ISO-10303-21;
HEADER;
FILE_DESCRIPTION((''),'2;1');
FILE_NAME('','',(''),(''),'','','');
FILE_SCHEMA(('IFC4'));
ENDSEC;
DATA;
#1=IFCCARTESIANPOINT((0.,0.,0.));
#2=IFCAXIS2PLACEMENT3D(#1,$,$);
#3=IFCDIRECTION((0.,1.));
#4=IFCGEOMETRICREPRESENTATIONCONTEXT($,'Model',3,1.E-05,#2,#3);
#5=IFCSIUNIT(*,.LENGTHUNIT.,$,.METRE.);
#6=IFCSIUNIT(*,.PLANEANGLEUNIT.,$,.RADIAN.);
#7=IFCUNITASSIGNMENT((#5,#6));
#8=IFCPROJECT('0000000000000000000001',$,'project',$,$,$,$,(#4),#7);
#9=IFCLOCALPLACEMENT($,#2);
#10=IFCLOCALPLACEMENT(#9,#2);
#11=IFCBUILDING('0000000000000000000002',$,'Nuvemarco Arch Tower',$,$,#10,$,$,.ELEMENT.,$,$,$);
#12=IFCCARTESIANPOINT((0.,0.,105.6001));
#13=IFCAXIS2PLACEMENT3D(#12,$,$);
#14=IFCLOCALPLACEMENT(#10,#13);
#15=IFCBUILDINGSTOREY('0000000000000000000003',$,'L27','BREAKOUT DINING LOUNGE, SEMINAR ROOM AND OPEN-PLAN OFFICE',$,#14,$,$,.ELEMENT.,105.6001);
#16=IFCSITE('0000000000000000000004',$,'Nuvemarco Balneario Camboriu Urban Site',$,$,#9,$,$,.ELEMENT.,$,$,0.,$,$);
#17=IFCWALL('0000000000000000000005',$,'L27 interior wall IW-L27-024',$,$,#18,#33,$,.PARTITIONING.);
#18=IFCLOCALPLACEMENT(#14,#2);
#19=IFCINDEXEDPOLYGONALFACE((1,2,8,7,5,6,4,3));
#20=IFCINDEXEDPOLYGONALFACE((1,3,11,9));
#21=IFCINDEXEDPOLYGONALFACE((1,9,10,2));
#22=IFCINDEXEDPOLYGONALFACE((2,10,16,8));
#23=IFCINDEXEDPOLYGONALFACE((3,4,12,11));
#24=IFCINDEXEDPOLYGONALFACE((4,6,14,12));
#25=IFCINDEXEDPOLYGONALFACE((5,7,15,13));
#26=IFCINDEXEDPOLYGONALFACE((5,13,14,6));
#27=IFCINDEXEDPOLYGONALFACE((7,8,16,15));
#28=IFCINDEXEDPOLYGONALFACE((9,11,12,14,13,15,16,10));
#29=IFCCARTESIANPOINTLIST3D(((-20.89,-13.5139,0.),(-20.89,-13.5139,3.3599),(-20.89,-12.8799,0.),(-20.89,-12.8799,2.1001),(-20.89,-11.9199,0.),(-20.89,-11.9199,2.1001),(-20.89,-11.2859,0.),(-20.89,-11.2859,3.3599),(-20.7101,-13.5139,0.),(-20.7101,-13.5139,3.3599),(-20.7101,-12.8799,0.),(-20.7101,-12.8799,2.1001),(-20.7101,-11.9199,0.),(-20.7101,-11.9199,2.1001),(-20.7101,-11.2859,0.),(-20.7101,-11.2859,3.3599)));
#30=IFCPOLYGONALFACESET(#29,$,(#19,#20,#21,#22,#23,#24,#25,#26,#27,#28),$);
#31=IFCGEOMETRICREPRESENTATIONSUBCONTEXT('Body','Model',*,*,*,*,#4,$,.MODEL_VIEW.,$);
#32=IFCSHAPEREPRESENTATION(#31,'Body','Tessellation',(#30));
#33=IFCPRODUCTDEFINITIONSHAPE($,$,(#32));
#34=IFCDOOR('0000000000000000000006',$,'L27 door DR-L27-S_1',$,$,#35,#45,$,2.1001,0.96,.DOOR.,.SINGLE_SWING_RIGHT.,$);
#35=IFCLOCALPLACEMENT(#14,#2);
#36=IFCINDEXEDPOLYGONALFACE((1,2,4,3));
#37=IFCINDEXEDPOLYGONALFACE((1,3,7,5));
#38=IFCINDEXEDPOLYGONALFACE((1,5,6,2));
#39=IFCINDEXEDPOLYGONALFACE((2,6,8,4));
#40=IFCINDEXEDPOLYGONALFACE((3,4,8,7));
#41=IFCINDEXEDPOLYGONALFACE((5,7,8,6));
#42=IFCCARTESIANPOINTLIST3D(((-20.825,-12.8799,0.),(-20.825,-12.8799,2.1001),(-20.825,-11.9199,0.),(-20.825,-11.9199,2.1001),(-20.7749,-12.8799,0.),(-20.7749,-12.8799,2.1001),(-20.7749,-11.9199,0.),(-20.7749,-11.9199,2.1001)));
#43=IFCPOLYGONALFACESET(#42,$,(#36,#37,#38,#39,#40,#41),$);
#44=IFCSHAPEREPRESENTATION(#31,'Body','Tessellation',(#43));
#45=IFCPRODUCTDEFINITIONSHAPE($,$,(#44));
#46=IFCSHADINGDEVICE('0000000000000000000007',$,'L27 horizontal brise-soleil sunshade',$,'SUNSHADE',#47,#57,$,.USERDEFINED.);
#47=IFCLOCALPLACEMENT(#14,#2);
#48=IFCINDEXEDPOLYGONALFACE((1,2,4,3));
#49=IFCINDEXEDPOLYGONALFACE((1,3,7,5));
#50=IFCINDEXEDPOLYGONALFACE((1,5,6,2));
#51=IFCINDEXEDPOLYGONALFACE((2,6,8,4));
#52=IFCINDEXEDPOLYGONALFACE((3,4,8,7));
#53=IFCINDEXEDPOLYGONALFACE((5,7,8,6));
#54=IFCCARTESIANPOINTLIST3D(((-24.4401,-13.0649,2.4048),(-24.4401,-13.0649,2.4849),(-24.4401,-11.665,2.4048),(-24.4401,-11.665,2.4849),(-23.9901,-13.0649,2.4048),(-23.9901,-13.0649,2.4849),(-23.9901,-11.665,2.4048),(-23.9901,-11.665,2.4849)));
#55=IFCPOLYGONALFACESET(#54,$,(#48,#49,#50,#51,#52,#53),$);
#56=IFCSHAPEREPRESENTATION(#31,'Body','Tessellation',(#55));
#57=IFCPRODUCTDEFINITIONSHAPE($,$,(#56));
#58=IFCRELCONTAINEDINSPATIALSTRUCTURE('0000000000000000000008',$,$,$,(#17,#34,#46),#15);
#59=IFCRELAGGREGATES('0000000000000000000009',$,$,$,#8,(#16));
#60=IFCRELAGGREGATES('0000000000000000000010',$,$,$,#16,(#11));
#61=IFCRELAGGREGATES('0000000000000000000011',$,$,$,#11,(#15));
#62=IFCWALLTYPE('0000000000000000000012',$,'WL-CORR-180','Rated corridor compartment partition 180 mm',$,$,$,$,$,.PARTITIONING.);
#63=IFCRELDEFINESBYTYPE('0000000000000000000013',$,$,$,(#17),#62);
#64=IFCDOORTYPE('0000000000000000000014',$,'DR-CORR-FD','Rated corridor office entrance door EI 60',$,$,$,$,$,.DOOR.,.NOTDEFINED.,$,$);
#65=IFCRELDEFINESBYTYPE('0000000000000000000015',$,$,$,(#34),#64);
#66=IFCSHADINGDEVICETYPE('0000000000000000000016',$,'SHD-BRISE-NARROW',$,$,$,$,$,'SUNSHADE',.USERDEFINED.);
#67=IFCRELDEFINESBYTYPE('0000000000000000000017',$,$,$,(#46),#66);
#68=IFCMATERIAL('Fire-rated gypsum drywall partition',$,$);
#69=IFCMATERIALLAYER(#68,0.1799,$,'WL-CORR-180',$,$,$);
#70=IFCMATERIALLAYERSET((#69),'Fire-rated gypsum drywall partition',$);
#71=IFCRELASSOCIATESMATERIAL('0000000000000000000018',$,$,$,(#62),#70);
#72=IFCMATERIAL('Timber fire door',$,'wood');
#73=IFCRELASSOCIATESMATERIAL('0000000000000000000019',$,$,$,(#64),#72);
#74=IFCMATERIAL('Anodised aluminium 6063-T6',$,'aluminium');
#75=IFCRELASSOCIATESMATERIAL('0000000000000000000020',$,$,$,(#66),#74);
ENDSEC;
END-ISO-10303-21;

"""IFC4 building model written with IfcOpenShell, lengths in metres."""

from ifc_helpers import new_model, si_unit, direction, frame, frame_2d, origin, origin_2d, place, context, subcontext, project, spatial, rectangle, extrude, source, transform, mapped, material, layer, layer_set, type_object, type_shapes, element, fill, save


model = new_model("IFC4")

# Units and contexts
model_context = context("Model", 3, precision=1e-05, world=origin(), true_north=direction((0.0, 1.0)))
body_context = subcontext(model_context, "Body", "Model", "MODEL_VIEW")
ifc_project = project(units=[si_unit("LENGTHUNIT", "METRE"), si_unit("PLANEANGLEUNIT", "RADIAN")], contexts=[model_context])

# Site, building, storey
site_placement = place(None, origin())
site = spatial("IfcSite", under=ifc_project, at=site_placement, Name="Nuvemarco Balneario Camboriu Urban Site", CompositionType="ELEMENT", RefElevation=0.0)
building_placement = place(site_placement, origin())
building = spatial("IfcBuilding", under=site, at=building_placement, Name="Nuvemarco Arch Tower", CompositionType="ELEMENT")
storey_placement = place(building_placement, frame((0.0, 0.0, 105.6001)))
storey = spatial("IfcBuildingStorey", under=building, at=storey_placement, Name="L27", Description="BREAKOUT DINING LOUNGE, SEMINAR ROOM AND OPEN-PLAN OFFICE", CompositionType="ELEMENT", Elevation=105.6001)

# Wall, opening, door
ifc_material_1 = material(Name="Fire-rated gypsum drywall partition")
ifc_layer = layer(ifc_material_1, 0.1799, Name="WL-CORR-180")
ifc_layer_set = layer_set([ifc_layer], Name="Fire-rated gypsum drywall partition")
wall_type = type_object("IfcWallType", Name="WL-CORR-180", Description="Rated corridor compartment partition 180 mm", PredefinedType="PARTITIONING", material=ifc_layer_set)
ifc_material_2 = material(Name="Timber fire door", Category="wood")
door_type = type_object("IfcDoorType", Name="DR-CORR-FD", Description="Rated corridor office entrance door EI 60", OperationType="NOTDEFINED", PredefinedType="DOOR", material=ifc_material_2)
shared_shape_1 = source(origin(), body_context, "Body", "SweptSolid", [
    extrude(rectangle(XDim=0.96, YDim=2.1001, at=frame_2d((0.48, 1.05))), frame((0.0, 0.0249, 0.0), z_axis=(0.0, -1.0, 0.0), x_axis=(1.0, 0.0, 0.0)), (0.0, 0.0, 1.0), 0.05),
])
type_shapes(door_type, [shared_shape_1])
wall_1_placement = place(storey_placement, frame((-20.8, -13.5139, 0.0), z_axis=(0.0, 0.0, 1.0), x_axis=(0.0, 1.0, 0.0)))
wall_1 = element("IfcWall", 1, at=wall_1_placement, inside=storey, type_object=wall_type, Name="L27 interior wall IW-L27-024", PredefinedType="PARTITIONING", context=body_context, shape_type="SweptSolid", body=[
    extrude(rectangle(XDim=2.228, YDim=0.1799, at=frame_2d((1.114, 0.0))), origin(), (0.0, 0.0, 1.0), 3.3599),
])
opening_1_placement = place(wall_1_placement, frame((0.634, 0.0, 0.0)))
opening_1 = element("IfcOpeningElement", 2, at=opening_1_placement, cuts=wall_1, PredefinedType="OPENING", context=body_context, shape_type="SweptSolid", body=[
    extrude(rectangle(XDim=0.96, YDim=2.1001, at=frame_2d((0.48, 1.05))), frame((0.0, 0.0999, 0.0), z_axis=(0.0, -1.0, 0.0), x_axis=(1.0, 0.0, 0.0)), (0.0, 0.0, 1.0), 0.2),
])
door_1_placement = place(opening_1_placement, origin())
door_1 = element("IfcDoor", 3, at=door_1_placement, inside=storey, type_object=door_type, Name="L27 door DR-L27-S_1", OperationType="SINGLE_SWING_RIGHT", OverallHeight=2.1001, OverallWidth=0.96, PredefinedType="DOOR", context=body_context, shape_type="MappedRepresentation", body=[
    mapped(shared_shape_1, transform((0.0, 0.0, 0.0), scale=1.0)),
])
fill(opening_1, door_1)

# Shading device
ifc_material_3 = material(Name="Anodised aluminium 6063-T6", Category="aluminium")
shading_device_type = type_object("IfcShadingDeviceType", Name="SHD-BRISE-NARROW", ElementType="SUNSHADE", PredefinedType="USERDEFINED", material=ifc_material_3)
shared_shape_2 = source(origin(), body_context, "Body", "SweptSolid", [
    extrude(rectangle(XDim=1.3999, YDim=0.45, at=origin_2d()), origin(), (0.0, 0.0, 1.0), 0.0801),
])
type_shapes(shading_device_type, [shared_shape_2])
shading_device_placement = place(storey_placement, frame((-24.2151, -12.365, 2.4048), z_axis=(0.0, 0.0, 1.0), x_axis=(0.0, 1.0, 0.0)))
element("IfcShadingDevice", 4, at=shading_device_placement, inside=storey, type_object=shading_device_type, Name="L27 horizontal brise-soleil sunshade", ObjectType="SUNSHADE", PredefinedType="USERDEFINED", context=body_context, shape_type="MappedRepresentation", body=[
    mapped(shared_shape_2, transform((0.0, 0.0, 0.0), scale=1.0)),
])

save(model, "model.ifc")
